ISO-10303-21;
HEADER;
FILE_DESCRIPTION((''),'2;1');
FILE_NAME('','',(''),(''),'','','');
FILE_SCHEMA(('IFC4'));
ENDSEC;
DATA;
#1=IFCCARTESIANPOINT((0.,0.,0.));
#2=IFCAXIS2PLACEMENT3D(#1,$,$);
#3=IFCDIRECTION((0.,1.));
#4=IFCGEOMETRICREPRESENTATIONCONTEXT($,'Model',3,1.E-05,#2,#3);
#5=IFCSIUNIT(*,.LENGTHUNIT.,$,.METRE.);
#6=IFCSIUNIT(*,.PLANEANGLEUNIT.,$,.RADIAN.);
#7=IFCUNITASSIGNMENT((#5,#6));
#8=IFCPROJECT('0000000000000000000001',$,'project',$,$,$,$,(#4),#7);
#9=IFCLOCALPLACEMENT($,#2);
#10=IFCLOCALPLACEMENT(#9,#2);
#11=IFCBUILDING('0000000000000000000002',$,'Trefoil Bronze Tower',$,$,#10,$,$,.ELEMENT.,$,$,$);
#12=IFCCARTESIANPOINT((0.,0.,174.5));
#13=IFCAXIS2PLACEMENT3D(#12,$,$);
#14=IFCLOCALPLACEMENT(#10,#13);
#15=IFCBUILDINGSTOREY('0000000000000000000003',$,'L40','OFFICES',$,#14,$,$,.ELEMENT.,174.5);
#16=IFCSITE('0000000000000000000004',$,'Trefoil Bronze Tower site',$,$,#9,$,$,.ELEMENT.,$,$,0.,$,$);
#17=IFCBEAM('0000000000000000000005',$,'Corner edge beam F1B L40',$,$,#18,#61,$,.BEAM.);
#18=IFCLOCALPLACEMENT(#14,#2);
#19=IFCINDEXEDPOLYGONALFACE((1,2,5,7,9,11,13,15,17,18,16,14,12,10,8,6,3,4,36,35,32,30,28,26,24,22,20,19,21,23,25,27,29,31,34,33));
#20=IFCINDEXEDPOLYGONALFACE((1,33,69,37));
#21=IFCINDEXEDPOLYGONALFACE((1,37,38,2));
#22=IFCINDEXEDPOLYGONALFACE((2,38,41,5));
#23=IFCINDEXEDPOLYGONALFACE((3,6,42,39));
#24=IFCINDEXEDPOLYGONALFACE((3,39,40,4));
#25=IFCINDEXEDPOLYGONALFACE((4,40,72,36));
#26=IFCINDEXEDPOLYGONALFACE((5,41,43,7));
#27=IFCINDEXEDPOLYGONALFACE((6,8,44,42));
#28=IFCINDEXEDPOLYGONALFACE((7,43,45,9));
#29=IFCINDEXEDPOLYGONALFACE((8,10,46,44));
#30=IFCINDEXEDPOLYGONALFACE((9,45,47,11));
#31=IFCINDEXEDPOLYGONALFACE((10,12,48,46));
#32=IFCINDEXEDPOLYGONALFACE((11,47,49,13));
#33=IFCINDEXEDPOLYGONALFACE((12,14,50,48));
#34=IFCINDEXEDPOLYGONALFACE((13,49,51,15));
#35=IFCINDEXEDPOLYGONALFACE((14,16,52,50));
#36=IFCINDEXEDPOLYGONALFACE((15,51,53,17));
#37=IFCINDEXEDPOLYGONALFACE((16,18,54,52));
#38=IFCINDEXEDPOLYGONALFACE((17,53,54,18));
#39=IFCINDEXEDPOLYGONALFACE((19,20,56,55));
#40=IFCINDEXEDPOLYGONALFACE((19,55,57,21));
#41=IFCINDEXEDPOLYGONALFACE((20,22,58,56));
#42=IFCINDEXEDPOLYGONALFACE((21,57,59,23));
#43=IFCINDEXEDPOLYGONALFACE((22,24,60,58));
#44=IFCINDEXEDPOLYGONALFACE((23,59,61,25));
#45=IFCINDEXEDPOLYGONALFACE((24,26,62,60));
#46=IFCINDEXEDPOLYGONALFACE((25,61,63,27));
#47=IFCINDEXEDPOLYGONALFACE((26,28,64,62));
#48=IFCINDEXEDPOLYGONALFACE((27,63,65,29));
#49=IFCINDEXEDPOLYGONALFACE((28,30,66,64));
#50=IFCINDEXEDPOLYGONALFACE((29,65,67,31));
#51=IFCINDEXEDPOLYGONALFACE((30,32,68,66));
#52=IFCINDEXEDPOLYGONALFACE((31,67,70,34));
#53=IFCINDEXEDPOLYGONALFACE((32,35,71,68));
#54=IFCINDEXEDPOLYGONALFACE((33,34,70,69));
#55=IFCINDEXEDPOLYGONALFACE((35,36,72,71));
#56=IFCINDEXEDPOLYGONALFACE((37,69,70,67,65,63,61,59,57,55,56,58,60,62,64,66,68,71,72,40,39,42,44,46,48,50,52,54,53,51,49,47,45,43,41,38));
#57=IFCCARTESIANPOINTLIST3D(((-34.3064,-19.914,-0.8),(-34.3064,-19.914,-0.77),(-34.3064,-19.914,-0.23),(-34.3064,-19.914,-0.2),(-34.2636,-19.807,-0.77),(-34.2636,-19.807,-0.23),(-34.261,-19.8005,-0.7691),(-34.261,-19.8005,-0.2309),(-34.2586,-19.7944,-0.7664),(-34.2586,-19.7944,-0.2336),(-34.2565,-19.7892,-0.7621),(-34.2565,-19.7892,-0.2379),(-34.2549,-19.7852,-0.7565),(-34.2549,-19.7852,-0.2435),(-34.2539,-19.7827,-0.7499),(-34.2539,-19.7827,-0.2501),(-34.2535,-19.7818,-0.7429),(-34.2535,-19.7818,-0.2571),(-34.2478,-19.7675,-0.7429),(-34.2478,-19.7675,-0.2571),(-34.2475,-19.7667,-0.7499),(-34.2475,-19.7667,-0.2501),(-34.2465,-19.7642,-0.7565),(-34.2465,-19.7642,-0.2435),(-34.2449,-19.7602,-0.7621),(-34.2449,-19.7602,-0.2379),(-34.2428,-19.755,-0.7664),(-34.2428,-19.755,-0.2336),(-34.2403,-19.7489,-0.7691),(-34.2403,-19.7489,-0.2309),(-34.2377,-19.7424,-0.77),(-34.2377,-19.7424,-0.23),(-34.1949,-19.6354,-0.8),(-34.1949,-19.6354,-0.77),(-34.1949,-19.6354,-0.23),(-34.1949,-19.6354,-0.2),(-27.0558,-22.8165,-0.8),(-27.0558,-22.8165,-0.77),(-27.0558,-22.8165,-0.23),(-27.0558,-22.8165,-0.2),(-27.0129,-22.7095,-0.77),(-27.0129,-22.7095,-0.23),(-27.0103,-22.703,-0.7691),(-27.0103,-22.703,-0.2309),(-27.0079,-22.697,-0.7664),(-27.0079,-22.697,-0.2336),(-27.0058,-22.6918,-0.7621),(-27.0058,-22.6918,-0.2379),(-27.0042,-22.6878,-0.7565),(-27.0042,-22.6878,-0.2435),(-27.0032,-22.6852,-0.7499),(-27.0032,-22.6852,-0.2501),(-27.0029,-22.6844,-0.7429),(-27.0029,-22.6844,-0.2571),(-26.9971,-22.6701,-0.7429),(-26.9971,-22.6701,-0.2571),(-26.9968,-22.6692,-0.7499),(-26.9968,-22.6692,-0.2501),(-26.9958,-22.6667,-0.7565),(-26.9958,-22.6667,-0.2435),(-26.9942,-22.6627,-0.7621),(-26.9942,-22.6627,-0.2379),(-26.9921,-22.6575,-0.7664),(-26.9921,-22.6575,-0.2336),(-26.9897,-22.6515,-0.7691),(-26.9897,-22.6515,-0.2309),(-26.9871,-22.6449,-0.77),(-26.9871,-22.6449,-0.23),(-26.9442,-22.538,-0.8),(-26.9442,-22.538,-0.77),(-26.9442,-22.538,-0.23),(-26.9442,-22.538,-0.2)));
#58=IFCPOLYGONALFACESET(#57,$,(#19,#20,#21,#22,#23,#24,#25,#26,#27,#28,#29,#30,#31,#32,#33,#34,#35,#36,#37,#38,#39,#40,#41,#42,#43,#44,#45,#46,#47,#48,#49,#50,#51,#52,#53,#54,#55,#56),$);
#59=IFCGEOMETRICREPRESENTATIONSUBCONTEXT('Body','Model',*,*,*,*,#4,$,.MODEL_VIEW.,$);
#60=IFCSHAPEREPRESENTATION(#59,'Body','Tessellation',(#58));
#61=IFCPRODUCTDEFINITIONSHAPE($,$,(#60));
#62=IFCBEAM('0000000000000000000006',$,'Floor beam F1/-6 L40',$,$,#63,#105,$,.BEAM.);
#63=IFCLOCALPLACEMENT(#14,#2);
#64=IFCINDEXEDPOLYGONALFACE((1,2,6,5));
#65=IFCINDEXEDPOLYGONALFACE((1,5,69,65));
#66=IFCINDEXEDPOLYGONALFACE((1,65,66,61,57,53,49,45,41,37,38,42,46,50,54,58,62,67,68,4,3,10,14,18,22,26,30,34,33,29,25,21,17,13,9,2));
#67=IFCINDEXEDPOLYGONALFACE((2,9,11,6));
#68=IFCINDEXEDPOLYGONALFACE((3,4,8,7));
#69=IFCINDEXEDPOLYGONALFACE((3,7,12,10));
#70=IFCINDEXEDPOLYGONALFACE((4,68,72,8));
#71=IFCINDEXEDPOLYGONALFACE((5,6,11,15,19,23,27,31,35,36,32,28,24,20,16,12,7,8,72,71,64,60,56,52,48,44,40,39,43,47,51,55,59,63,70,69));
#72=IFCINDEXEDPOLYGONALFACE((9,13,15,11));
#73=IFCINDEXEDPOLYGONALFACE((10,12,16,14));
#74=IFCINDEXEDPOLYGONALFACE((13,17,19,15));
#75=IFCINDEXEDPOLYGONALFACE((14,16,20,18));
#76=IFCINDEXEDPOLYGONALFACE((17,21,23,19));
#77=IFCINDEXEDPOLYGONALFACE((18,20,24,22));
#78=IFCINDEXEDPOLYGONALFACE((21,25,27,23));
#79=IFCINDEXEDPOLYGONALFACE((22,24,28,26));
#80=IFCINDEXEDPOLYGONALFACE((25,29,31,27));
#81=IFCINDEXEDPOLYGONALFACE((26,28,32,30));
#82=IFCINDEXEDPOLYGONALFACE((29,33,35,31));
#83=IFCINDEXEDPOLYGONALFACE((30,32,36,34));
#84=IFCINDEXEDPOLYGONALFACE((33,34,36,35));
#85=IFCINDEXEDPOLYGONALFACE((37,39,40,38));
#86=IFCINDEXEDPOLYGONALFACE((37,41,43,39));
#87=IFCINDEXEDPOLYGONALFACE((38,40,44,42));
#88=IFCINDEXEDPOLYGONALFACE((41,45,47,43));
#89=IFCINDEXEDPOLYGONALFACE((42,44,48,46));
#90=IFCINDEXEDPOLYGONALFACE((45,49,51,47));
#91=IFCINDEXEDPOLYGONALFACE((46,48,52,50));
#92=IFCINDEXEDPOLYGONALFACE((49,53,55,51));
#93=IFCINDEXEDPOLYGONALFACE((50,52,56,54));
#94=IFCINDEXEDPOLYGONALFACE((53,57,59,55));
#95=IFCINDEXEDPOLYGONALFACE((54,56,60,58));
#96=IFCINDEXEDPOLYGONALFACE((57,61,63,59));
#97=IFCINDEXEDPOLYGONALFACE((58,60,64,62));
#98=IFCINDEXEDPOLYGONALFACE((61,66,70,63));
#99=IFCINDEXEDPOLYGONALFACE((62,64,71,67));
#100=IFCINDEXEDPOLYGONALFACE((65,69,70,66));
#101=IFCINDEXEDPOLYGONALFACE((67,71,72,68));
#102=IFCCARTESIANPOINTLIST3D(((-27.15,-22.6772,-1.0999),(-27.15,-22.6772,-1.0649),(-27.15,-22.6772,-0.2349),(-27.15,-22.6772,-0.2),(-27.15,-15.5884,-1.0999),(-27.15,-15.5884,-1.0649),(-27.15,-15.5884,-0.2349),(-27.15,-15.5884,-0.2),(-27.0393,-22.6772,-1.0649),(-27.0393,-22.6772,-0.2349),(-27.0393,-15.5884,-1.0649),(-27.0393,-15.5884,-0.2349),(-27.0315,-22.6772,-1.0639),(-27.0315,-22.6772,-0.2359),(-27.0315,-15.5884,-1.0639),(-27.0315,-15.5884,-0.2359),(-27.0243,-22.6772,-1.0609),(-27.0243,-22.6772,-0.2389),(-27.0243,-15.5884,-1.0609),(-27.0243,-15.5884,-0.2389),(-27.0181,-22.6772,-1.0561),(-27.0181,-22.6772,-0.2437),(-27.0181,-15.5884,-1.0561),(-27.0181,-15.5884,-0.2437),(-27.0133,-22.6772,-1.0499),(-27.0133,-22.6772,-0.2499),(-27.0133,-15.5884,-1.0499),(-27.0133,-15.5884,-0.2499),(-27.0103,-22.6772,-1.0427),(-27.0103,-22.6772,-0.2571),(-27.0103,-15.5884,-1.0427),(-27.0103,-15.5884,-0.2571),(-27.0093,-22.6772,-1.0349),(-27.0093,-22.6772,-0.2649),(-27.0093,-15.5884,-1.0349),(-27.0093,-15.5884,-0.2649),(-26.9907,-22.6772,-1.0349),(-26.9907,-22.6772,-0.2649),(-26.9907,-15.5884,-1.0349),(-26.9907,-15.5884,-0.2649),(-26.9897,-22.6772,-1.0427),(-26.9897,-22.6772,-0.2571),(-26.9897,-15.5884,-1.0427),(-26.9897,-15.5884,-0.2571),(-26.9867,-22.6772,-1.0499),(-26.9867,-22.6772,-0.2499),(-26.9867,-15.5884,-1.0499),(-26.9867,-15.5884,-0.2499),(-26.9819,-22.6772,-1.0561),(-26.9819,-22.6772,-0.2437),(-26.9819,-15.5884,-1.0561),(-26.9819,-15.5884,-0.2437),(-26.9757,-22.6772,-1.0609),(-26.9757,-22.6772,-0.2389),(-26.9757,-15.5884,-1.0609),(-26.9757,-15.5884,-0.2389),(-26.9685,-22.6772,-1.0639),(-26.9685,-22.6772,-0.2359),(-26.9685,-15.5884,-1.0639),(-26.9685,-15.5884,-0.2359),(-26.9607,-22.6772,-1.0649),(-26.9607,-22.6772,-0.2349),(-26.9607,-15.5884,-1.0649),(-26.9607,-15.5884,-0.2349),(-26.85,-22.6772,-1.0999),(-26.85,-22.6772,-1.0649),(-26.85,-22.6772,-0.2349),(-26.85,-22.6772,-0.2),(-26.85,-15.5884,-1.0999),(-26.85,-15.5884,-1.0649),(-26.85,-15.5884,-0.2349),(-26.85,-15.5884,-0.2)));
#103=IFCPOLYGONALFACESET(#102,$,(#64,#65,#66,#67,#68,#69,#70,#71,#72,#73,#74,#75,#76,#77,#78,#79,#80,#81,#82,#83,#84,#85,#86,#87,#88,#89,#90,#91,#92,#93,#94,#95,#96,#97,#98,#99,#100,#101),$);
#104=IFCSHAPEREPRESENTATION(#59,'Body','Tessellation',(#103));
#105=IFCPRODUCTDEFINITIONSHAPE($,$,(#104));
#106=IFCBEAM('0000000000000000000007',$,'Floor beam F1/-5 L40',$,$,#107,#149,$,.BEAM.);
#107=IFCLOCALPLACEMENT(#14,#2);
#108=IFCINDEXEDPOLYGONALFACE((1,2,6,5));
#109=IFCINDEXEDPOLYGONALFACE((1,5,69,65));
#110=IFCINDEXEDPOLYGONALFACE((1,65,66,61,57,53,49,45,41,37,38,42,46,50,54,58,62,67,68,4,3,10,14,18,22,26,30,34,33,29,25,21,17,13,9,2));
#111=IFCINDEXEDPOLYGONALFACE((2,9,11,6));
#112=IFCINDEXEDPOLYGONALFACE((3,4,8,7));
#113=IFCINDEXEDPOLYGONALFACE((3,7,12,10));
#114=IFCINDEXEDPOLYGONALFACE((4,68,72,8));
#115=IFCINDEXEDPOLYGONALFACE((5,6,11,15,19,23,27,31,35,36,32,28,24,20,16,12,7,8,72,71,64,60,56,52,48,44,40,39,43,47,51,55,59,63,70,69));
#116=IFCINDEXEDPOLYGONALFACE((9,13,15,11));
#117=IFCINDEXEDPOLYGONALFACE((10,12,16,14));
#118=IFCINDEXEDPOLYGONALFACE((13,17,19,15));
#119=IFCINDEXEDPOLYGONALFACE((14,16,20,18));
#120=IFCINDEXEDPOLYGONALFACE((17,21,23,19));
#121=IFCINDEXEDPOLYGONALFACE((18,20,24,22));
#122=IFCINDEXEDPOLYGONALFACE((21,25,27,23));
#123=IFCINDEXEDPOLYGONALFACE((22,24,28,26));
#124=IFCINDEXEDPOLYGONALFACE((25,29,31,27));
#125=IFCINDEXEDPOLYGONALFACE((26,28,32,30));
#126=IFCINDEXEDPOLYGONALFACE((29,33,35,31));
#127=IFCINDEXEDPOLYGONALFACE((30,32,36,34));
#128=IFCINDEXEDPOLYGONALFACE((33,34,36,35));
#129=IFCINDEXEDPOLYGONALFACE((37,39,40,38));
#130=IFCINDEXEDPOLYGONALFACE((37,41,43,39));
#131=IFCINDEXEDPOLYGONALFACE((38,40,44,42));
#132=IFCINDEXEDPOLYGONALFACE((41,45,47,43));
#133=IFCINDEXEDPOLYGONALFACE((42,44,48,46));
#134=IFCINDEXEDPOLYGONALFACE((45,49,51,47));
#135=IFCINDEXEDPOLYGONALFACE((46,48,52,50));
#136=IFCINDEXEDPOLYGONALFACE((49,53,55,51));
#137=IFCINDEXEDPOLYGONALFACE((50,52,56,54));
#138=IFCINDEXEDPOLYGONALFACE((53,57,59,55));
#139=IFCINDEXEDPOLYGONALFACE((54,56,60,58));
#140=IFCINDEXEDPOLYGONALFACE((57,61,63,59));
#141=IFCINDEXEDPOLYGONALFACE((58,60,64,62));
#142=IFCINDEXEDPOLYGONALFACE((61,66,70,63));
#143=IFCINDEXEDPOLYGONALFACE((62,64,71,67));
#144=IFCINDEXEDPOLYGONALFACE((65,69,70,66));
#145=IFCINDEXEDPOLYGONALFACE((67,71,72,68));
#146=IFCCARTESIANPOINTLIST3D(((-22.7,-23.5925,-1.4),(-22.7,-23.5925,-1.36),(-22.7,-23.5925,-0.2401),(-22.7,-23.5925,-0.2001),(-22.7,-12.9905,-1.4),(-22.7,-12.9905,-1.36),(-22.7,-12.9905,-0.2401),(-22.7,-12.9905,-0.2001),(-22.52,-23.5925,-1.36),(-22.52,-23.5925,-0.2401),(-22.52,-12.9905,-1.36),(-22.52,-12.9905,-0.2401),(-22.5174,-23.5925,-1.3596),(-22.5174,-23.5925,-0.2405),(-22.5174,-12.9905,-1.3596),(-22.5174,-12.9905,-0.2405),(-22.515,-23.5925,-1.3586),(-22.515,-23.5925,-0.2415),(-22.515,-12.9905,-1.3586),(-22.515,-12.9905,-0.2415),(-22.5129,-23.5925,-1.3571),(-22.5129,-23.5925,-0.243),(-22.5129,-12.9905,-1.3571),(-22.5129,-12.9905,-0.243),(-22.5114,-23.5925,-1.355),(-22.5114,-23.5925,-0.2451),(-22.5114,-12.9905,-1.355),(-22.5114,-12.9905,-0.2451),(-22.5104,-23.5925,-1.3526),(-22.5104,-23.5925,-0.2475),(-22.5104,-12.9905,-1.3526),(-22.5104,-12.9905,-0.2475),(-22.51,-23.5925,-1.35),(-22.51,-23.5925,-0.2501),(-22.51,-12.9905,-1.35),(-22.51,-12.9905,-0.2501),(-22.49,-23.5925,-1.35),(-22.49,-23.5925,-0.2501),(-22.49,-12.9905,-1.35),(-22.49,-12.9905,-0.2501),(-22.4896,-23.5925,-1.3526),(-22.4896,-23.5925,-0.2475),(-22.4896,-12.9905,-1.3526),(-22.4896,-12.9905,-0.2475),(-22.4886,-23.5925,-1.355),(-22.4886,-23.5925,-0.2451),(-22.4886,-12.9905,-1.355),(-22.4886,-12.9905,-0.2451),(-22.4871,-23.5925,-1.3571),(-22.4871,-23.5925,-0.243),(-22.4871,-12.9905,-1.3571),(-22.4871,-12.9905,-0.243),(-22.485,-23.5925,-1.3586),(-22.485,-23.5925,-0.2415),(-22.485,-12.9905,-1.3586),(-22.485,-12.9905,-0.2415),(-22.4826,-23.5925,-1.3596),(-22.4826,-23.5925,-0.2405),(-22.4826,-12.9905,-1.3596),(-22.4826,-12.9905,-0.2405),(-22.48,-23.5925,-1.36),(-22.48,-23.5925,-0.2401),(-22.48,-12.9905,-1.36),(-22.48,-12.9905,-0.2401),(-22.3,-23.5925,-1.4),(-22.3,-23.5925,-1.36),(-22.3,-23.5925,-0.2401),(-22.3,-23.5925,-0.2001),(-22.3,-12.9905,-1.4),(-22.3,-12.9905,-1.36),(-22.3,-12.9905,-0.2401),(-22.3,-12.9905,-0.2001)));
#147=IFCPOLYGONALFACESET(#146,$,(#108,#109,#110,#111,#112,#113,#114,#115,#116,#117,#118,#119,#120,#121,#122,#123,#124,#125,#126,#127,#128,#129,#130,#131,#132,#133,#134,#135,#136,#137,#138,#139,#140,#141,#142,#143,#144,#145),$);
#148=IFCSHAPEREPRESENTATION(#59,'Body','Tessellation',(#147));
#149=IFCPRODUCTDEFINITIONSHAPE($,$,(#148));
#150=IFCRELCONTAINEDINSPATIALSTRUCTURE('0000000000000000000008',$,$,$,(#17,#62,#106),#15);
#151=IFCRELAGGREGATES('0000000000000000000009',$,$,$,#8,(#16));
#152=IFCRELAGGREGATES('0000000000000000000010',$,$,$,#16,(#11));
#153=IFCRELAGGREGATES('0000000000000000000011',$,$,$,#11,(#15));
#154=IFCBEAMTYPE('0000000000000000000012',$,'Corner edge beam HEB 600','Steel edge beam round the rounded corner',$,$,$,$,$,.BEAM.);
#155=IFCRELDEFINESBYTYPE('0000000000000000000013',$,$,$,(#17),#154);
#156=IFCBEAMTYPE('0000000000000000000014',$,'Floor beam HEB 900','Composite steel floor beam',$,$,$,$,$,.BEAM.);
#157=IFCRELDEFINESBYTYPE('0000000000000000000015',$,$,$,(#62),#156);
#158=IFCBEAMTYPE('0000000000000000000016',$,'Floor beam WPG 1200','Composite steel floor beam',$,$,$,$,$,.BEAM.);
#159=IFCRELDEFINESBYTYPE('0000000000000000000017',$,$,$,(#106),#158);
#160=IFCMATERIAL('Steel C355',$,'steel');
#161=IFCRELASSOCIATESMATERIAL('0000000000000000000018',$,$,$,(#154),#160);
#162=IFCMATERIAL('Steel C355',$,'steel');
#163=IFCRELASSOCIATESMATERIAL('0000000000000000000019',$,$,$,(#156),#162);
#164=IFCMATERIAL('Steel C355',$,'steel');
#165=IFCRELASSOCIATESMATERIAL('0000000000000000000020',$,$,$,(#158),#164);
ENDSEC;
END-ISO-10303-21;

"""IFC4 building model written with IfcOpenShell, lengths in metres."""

from ifc_helpers import new_model, si_unit, direction, frame, origin, origin_2d, place, context, subcontext, project, spatial, i_section, extrude, material, material_profile, profile_set, type_object, element, save


model = new_model("IFC4")

# Units and contexts
model_context = context("Model", 3, precision=1e-05, world=origin(), true_north=direction((0.0, 1.0)))
body_context = subcontext(model_context, "Body", "Model", "MODEL_VIEW")
ifc_project = project(units=[si_unit("LENGTHUNIT", "METRE"), si_unit("PLANEANGLEUNIT", "RADIAN")], contexts=[model_context])

# Site, building, storey
site_placement = place(None, origin())
site = spatial("IfcSite", under=ifc_project, at=site_placement, Name="Trefoil Bronze Tower site", CompositionType="ELEMENT", RefElevation=0.0)
building_placement = place(site_placement, origin())
building = spatial("IfcBuilding", under=site, at=building_placement, Name="Trefoil Bronze Tower", CompositionType="ELEMENT")
storey_placement = place(building_placement, frame((0.0, 0.0, 174.5)))
storey = spatial("IfcBuildingStorey", under=building, at=storey_placement, Name="L40", Description="OFFICES", CompositionType="ELEMENT", Elevation=174.5)

# Beams
ifc_material_1 = material(Name="Steel C355", Category="steel")
ifc_material_profile_1 = material_profile(ifc_material_1, i_section(OverallWidth=0.3, OverallDepth=0.6001, WebThickness=0.0154, FlangeThickness=0.03, FilletRadius=0.0271, at=origin_2d()), Name="HEB 600")
ifc_profile_set_1 = profile_set([ifc_material_profile_1], Name="Steel C355")
beam_type_1 = type_object("IfcBeamType", Name="Corner edge beam HEB 600", Description="Steel edge beam round the rounded corner", PredefinedType="BEAM", material=ifc_profile_set_1)
beam_1_placement = place(storey_placement, frame((-27.0, -22.6772, -0.5), z_axis=(-0.928375, 0.371644, 0.0), x_axis=(-0.371644, -0.928375, 0.0)))
element("IfcBeam", 1, at=beam_1_placement, inside=storey, type_object=beam_type_1, Name="Corner edge beam F1B L40", PredefinedType="BEAM", context=body_context, shape_type="SweptSolid", body=[
    extrude(i_section(OverallWidth=0.3, OverallDepth=0.6001, WebThickness=0.0154, FlangeThickness=0.03, FilletRadius=0.0271, at=origin_2d()), origin(), (0.0, 0.0, 1.0), 7.8101),
])
ifc_material_2 = material(Name="Steel C355", Category="steel")
ifc_material_profile_2 = material_profile(ifc_material_2, i_section(OverallWidth=0.3, OverallDepth=0.8999, WebThickness=0.0186, FlangeThickness=0.0349, FilletRadius=0.03, at=origin_2d()), Name="HEB 900")
ifc_profile_set_2 = profile_set([ifc_material_profile_2], Name="Steel C355")
beam_type_2 = type_object("IfcBeamType", Name="Floor beam HEB 900", Description="Composite steel floor beam", PredefinedType="BEAM", material=ifc_profile_set_2)
beam_2_placement = place(storey_placement, frame((-27.0, -22.6772, -0.6499), z_axis=(0.0, 1.0, 0.0), x_axis=(-1.0, 0.0, 0.0)))
element("IfcBeam", 2, at=beam_2_placement, inside=storey, type_object=beam_type_2, Name="Floor beam F1/-6 L40", PredefinedType="BEAM", context=body_context, shape_type="SweptSolid", body=[
    extrude(i_section(OverallWidth=0.3, OverallDepth=0.8999, WebThickness=0.0186, FlangeThickness=0.0349, FilletRadius=0.03, at=origin_2d()), origin(), (0.0, 0.0, 1.0), 7.0889),
])
ifc_material_3 = material(Name="Steel C355", Category="steel")
ifc_material_profile_3 = material_profile(ifc_material_3, i_section(OverallWidth=0.3999, OverallDepth=1.2, WebThickness=0.02, FlangeThickness=0.04, FilletRadius=0.01, at=origin_2d()), Name="WPG 1200")
ifc_profile_set_3 = profile_set([ifc_material_profile_3], Name="Steel C355")
beam_type_3 = type_object("IfcBeamType", Name="Floor beam WPG 1200", Description="Composite steel floor beam", PredefinedType="BEAM", material=ifc_profile_set_3)
beam_3_placement = place(storey_placement, frame((-22.5, -23.5925, -0.8), z_axis=(0.0, 1.0, 0.0), x_axis=(-1.0, 0.0, 0.0)))
element("IfcBeam", 3, at=beam_3_placement, inside=storey, type_object=beam_type_3, Name="Floor beam F1/-5 L40", PredefinedType="BEAM", context=body_context, shape_type="SweptSolid", body=[
    extrude(i_section(OverallWidth=0.3999, OverallDepth=1.2, WebThickness=0.02, FlangeThickness=0.04, FilletRadius=0.01, at=origin_2d()), origin(), (0.0, 0.0, 1.0), 10.6021),
])

save(model, "model.ifc")
